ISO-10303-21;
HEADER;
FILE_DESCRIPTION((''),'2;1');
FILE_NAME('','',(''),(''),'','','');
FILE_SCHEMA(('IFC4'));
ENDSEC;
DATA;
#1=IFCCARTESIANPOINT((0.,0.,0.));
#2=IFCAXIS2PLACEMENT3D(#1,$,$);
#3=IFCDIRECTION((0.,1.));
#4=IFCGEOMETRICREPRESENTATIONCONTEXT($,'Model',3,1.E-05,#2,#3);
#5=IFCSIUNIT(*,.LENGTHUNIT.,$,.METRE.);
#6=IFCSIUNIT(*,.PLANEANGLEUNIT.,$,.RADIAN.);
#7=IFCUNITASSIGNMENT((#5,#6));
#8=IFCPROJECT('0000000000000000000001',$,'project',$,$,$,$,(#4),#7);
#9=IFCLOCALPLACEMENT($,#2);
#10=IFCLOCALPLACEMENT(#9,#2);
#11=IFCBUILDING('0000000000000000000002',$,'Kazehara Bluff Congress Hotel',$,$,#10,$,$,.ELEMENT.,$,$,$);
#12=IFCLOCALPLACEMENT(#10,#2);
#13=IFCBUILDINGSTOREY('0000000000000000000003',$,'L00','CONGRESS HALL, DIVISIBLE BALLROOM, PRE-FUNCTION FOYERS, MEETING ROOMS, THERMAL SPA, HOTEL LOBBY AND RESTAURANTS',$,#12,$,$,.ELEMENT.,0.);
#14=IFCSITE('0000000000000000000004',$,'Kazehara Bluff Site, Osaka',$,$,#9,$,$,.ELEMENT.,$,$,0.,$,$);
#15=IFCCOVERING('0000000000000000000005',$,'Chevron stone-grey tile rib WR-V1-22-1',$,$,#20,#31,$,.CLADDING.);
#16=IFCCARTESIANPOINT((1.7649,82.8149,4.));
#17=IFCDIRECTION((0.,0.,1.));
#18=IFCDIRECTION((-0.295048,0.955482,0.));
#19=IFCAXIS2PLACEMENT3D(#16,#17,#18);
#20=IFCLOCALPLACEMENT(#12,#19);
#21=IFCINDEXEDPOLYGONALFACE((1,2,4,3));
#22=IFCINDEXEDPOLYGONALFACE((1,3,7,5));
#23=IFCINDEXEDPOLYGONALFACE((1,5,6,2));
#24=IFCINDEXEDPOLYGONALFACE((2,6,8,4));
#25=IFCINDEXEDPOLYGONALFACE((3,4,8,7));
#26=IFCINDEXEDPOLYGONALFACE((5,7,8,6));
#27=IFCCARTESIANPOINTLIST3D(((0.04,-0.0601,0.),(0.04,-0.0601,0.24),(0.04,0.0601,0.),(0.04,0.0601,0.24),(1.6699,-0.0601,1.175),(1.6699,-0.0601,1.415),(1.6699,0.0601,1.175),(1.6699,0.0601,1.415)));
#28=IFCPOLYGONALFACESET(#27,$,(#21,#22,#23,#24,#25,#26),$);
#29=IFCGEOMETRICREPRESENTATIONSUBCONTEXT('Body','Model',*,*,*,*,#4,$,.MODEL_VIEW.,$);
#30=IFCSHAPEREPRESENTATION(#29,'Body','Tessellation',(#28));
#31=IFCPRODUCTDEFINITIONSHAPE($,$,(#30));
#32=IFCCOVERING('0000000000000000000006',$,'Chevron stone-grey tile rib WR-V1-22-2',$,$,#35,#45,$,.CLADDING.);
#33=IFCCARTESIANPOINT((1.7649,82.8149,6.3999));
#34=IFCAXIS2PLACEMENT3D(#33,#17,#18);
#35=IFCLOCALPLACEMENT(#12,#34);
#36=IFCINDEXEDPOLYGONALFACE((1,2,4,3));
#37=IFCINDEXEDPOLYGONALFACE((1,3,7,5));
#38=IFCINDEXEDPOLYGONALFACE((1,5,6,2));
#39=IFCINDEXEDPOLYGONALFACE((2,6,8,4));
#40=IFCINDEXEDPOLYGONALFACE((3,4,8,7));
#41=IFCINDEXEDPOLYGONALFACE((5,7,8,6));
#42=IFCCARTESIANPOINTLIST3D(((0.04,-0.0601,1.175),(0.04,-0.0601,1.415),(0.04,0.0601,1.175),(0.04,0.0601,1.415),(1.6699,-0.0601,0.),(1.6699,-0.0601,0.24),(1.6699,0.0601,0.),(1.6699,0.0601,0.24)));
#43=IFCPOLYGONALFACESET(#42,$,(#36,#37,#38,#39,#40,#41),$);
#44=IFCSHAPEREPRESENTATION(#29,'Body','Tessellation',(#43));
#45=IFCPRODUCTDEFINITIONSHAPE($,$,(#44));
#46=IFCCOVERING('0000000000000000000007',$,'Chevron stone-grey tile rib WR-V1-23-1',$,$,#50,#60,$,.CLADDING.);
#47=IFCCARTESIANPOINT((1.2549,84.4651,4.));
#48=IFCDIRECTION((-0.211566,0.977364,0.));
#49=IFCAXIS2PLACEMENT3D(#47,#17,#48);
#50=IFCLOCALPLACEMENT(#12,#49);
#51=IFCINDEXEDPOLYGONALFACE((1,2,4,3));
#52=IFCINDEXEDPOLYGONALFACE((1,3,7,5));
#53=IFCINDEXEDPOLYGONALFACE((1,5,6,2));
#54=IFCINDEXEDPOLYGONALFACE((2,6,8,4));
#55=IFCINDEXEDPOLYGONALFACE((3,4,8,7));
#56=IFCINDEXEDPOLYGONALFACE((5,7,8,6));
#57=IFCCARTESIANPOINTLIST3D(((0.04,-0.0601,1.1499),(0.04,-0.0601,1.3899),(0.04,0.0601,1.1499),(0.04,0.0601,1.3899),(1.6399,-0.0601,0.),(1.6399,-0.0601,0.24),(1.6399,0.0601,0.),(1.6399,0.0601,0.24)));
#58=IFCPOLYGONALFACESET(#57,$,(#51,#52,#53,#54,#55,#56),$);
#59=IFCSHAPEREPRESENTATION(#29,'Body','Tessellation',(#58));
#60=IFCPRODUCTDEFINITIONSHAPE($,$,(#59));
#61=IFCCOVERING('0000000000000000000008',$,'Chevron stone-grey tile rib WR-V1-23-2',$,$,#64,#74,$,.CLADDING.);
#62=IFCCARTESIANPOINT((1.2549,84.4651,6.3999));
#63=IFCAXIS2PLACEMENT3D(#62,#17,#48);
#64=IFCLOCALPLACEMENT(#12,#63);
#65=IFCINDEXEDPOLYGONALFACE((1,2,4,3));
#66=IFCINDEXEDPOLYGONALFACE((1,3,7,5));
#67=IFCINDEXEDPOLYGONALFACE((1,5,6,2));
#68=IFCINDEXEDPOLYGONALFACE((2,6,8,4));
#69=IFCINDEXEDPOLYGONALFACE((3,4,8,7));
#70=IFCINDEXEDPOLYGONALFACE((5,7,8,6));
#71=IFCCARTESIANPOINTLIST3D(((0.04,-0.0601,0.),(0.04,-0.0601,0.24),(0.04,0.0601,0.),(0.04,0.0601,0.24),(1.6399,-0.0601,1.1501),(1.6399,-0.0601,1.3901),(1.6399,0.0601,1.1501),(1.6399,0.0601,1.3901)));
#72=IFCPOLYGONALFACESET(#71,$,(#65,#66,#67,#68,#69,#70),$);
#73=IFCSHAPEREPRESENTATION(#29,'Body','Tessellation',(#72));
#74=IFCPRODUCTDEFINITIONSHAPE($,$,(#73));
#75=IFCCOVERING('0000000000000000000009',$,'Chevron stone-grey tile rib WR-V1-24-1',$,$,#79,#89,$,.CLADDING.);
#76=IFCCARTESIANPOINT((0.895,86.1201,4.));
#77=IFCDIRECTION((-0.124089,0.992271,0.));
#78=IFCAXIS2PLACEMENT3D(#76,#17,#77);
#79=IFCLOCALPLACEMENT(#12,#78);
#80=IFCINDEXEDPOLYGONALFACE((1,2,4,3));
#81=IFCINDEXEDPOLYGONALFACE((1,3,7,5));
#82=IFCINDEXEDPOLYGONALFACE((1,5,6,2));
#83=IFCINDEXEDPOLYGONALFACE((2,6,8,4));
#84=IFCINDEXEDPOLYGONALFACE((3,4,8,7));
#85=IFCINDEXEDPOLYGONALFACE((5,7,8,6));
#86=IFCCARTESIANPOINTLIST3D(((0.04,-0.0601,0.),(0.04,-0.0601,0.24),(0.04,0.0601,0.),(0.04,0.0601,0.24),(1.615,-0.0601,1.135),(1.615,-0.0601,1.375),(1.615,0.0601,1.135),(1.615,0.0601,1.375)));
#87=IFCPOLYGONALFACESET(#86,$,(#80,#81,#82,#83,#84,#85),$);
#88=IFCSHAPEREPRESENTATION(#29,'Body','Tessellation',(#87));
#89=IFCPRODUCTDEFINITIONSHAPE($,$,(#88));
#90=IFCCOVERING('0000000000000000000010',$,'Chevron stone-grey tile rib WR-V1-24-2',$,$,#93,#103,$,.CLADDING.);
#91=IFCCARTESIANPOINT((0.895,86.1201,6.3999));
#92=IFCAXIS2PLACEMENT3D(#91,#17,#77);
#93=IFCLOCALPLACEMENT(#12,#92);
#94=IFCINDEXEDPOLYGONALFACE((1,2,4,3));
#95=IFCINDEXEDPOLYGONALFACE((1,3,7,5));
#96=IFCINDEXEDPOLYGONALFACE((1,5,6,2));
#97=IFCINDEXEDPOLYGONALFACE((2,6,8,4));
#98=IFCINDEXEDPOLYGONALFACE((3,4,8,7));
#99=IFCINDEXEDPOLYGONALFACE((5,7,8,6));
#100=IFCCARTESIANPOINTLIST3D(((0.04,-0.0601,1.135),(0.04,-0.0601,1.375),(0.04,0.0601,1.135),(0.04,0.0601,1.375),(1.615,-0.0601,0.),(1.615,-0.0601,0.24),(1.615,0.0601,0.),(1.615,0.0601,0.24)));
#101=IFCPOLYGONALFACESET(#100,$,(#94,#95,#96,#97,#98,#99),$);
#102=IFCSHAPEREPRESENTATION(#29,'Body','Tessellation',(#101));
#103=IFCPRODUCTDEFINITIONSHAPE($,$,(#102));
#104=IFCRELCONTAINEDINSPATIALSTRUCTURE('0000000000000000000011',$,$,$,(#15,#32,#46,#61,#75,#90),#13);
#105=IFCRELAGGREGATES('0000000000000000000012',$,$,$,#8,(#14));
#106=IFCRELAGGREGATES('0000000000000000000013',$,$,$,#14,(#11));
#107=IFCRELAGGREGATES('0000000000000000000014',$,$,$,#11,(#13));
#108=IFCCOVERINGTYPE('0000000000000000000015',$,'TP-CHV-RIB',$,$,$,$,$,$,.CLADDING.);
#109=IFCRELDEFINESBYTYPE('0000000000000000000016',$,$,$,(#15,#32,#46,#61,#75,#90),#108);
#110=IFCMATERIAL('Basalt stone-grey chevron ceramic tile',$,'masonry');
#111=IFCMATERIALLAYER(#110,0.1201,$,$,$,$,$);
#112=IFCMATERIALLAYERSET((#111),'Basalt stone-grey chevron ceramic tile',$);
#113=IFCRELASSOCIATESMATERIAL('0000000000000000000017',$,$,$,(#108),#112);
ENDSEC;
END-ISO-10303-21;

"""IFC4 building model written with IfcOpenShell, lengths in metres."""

from ifc_helpers import new_model, si_unit, direction, frame, origin, place, context, subcontext, project, spatial, polyline, outline, extrude, material, layer, layer_set, type_object, element, save


model = new_model("IFC4")

# Units and contexts
model_context = context("Model", 3, precision=1e-05, world=origin(), true_north=direction((0.0, 1.0)))
body_context = subcontext(model_context, "Body", "Model", "MODEL_VIEW")
ifc_project = project(units=[si_unit("LENGTHUNIT", "METRE"), si_unit("PLANEANGLEUNIT", "RADIAN")], contexts=[model_context])

# Site, building, storey
site_placement = place(None, origin())
site = spatial("IfcSite", under=ifc_project, at=site_placement, Name="Kazehara Bluff Site, Osaka", CompositionType="ELEMENT", RefElevation=0.0)
building_placement = place(site_placement, origin())
building = spatial("IfcBuilding", under=site, at=building_placement, Name="Kazehara Bluff Congress Hotel", CompositionType="ELEMENT")
storey_placement = place(building_placement, origin())
storey = spatial("IfcBuildingStorey", under=building, at=storey_placement, Name="L00", Description="CONGRESS HALL, DIVISIBLE BALLROOM, PRE-FUNCTION FOYERS, MEETING ROOMS, THERMAL SPA, HOTEL LOBBY AND RESTAURANTS", CompositionType="ELEMENT", Elevation=0.0)

# Coverings
ifc_material_1 = material(Name="Basalt stone-grey chevron ceramic tile", Category="masonry")
ifc_layer_1 = layer(ifc_material_1, 0.1201)
ifc_layer_set_1 = layer_set([ifc_layer_1], Name="Basalt stone-grey chevron ceramic tile")
covering_type_1 = type_object("IfcCoveringType", Name="TP-CHV-RIB", PredefinedType="CLADDING", material=ifc_layer_set_1)
covering_1_placement = place(storey_placement, frame((1.7649, 82.8149, 4.0), z_axis=(0.0, 0.0, 1.0), x_axis=(-0.295048, 0.955482, 0.0)))
element("IfcCovering", 1, at=covering_1_placement, inside=storey, type_object=covering_type_1, Name="Chevron stone-grey tile rib WR-V1-22-1", PredefinedType="CLADDING", context=body_context, shape_type="SweptSolid", body=[
    extrude(outline(polyline([(0.04, 0.0), (1.6699, 1.175), (1.6699, 1.415), (0.04, 0.24), (0.04, 0.0)])), frame((0.0, 0.0601, 0.0), z_axis=(0.0, -1.0, 0.0), x_axis=(1.0, 0.0, 0.0)), (0.0, 0.0, 1.0), 0.1201),
])
covering_2_placement = place(storey_placement, frame((1.7649, 82.8149, 6.3999), z_axis=(0.0, 0.0, 1.0), x_axis=(-0.295048, 0.955482, 0.0)))
element("IfcCovering", 2, at=covering_2_placement, inside=storey, type_object=covering_type_1, Name="Chevron stone-grey tile rib WR-V1-22-2", PredefinedType="CLADDING", context=body_context, shape_type="SweptSolid", body=[
    extrude(outline(polyline([(0.04, 1.175), (1.6699, 0.0), (1.6699, 0.24), (0.04, 1.415), (0.04, 1.175)])), frame((0.0, 0.0601, 0.0), z_axis=(0.0, -1.0, 0.0), x_axis=(1.0, 0.0, 0.0)), (0.0, 0.0, 1.0), 0.1201),
])
covering_3_placement = place(storey_placement, frame((1.2549, 84.4651, 4.0), z_axis=(0.0, 0.0, 1.0), x_axis=(-0.211566, 0.977364, 0.0)))
element("IfcCovering", 3, at=covering_3_placement, inside=storey, type_object=covering_type_1, Name="Chevron stone-grey tile rib WR-V1-23-1", PredefinedType="CLADDING", context=body_context, shape_type="SweptSolid", body=[
    extrude(outline(polyline([(0.04, 1.1499), (1.6399, 0.0), (1.6399, 0.24), (0.04, 1.3899), (0.04, 1.1499)])), frame((0.0, 0.0601, 0.0), z_axis=(0.0, -1.0, 0.0), x_axis=(1.0, 0.0, 0.0)), (0.0, 0.0, 1.0), 0.1201),
])
covering_4_placement = place(storey_placement, frame((1.2549, 84.4651, 6.3999), z_axis=(0.0, 0.0, 1.0), x_axis=(-0.211566, 0.977364, 0.0)))
element("IfcCovering", 4, at=covering_4_placement, inside=storey, type_object=covering_type_1, Name="Chevron stone-grey tile rib WR-V1-23-2", PredefinedType="CLADDING", context=body_context, shape_type="SweptSolid", body=[
    extrude(outline(polyline([(0.04, 0.0), (1.6399, 1.1501), (1.6399, 1.3901), (0.04, 0.24), (0.04, 0.0)])), frame((0.0, 0.0601, 0.0), z_axis=(0.0, -1.0, 0.0), x_axis=(1.0, 0.0, 0.0)), (0.0, 0.0, 1.0), 0.1201),
])
covering_5_placement = place(storey_placement, frame((0.895, 86.1201, 4.0), z_axis=(0.0, 0.0, 1.0), x_axis=(-0.124089, 0.992271, 0.0)))
element("IfcCovering", 5, at=covering_5_placement, inside=storey, type_object=covering_type_1, Name="Chevron stone-grey tile rib WR-V1-24-1", PredefinedType="CLADDING", context=body_context, shape_type="SweptSolid", body=[
    extrude(outline(polyline([(0.04, 0.0), (1.615, 1.135), (1.615, 1.375), (0.04, 0.24), (0.04, 0.0)])), frame((0.0, 0.0601, 0.0), z_axis=(0.0, -1.0, 0.0), x_axis=(1.0, 0.0, 0.0)), (0.0, 0.0, 1.0), 0.1201),
])
covering_6_placement = place(storey_placement, frame((0.895, 86.1201, 6.3999), z_axis=(0.0, 0.0, 1.0), x_axis=(-0.124089, 0.992271, 0.0)))
element("IfcCovering", 6, at=covering_6_placement, inside=storey, type_object=covering_type_1, Name="Chevron stone-grey tile rib WR-V1-24-2", PredefinedType="CLADDING", context=body_context, shape_type="SweptSolid", body=[
    extrude(outline(polyline([(0.04, 1.135), (1.615, 0.0), (1.615, 0.24), (0.04, 1.375), (0.04, 1.135)])), frame((0.0, 0.0601, 0.0), z_axis=(0.0, -1.0, 0.0), x_axis=(1.0, 0.0, 0.0)), (0.0, 0.0, 1.0), 0.1201),
])

save(model, "model.ifc")
